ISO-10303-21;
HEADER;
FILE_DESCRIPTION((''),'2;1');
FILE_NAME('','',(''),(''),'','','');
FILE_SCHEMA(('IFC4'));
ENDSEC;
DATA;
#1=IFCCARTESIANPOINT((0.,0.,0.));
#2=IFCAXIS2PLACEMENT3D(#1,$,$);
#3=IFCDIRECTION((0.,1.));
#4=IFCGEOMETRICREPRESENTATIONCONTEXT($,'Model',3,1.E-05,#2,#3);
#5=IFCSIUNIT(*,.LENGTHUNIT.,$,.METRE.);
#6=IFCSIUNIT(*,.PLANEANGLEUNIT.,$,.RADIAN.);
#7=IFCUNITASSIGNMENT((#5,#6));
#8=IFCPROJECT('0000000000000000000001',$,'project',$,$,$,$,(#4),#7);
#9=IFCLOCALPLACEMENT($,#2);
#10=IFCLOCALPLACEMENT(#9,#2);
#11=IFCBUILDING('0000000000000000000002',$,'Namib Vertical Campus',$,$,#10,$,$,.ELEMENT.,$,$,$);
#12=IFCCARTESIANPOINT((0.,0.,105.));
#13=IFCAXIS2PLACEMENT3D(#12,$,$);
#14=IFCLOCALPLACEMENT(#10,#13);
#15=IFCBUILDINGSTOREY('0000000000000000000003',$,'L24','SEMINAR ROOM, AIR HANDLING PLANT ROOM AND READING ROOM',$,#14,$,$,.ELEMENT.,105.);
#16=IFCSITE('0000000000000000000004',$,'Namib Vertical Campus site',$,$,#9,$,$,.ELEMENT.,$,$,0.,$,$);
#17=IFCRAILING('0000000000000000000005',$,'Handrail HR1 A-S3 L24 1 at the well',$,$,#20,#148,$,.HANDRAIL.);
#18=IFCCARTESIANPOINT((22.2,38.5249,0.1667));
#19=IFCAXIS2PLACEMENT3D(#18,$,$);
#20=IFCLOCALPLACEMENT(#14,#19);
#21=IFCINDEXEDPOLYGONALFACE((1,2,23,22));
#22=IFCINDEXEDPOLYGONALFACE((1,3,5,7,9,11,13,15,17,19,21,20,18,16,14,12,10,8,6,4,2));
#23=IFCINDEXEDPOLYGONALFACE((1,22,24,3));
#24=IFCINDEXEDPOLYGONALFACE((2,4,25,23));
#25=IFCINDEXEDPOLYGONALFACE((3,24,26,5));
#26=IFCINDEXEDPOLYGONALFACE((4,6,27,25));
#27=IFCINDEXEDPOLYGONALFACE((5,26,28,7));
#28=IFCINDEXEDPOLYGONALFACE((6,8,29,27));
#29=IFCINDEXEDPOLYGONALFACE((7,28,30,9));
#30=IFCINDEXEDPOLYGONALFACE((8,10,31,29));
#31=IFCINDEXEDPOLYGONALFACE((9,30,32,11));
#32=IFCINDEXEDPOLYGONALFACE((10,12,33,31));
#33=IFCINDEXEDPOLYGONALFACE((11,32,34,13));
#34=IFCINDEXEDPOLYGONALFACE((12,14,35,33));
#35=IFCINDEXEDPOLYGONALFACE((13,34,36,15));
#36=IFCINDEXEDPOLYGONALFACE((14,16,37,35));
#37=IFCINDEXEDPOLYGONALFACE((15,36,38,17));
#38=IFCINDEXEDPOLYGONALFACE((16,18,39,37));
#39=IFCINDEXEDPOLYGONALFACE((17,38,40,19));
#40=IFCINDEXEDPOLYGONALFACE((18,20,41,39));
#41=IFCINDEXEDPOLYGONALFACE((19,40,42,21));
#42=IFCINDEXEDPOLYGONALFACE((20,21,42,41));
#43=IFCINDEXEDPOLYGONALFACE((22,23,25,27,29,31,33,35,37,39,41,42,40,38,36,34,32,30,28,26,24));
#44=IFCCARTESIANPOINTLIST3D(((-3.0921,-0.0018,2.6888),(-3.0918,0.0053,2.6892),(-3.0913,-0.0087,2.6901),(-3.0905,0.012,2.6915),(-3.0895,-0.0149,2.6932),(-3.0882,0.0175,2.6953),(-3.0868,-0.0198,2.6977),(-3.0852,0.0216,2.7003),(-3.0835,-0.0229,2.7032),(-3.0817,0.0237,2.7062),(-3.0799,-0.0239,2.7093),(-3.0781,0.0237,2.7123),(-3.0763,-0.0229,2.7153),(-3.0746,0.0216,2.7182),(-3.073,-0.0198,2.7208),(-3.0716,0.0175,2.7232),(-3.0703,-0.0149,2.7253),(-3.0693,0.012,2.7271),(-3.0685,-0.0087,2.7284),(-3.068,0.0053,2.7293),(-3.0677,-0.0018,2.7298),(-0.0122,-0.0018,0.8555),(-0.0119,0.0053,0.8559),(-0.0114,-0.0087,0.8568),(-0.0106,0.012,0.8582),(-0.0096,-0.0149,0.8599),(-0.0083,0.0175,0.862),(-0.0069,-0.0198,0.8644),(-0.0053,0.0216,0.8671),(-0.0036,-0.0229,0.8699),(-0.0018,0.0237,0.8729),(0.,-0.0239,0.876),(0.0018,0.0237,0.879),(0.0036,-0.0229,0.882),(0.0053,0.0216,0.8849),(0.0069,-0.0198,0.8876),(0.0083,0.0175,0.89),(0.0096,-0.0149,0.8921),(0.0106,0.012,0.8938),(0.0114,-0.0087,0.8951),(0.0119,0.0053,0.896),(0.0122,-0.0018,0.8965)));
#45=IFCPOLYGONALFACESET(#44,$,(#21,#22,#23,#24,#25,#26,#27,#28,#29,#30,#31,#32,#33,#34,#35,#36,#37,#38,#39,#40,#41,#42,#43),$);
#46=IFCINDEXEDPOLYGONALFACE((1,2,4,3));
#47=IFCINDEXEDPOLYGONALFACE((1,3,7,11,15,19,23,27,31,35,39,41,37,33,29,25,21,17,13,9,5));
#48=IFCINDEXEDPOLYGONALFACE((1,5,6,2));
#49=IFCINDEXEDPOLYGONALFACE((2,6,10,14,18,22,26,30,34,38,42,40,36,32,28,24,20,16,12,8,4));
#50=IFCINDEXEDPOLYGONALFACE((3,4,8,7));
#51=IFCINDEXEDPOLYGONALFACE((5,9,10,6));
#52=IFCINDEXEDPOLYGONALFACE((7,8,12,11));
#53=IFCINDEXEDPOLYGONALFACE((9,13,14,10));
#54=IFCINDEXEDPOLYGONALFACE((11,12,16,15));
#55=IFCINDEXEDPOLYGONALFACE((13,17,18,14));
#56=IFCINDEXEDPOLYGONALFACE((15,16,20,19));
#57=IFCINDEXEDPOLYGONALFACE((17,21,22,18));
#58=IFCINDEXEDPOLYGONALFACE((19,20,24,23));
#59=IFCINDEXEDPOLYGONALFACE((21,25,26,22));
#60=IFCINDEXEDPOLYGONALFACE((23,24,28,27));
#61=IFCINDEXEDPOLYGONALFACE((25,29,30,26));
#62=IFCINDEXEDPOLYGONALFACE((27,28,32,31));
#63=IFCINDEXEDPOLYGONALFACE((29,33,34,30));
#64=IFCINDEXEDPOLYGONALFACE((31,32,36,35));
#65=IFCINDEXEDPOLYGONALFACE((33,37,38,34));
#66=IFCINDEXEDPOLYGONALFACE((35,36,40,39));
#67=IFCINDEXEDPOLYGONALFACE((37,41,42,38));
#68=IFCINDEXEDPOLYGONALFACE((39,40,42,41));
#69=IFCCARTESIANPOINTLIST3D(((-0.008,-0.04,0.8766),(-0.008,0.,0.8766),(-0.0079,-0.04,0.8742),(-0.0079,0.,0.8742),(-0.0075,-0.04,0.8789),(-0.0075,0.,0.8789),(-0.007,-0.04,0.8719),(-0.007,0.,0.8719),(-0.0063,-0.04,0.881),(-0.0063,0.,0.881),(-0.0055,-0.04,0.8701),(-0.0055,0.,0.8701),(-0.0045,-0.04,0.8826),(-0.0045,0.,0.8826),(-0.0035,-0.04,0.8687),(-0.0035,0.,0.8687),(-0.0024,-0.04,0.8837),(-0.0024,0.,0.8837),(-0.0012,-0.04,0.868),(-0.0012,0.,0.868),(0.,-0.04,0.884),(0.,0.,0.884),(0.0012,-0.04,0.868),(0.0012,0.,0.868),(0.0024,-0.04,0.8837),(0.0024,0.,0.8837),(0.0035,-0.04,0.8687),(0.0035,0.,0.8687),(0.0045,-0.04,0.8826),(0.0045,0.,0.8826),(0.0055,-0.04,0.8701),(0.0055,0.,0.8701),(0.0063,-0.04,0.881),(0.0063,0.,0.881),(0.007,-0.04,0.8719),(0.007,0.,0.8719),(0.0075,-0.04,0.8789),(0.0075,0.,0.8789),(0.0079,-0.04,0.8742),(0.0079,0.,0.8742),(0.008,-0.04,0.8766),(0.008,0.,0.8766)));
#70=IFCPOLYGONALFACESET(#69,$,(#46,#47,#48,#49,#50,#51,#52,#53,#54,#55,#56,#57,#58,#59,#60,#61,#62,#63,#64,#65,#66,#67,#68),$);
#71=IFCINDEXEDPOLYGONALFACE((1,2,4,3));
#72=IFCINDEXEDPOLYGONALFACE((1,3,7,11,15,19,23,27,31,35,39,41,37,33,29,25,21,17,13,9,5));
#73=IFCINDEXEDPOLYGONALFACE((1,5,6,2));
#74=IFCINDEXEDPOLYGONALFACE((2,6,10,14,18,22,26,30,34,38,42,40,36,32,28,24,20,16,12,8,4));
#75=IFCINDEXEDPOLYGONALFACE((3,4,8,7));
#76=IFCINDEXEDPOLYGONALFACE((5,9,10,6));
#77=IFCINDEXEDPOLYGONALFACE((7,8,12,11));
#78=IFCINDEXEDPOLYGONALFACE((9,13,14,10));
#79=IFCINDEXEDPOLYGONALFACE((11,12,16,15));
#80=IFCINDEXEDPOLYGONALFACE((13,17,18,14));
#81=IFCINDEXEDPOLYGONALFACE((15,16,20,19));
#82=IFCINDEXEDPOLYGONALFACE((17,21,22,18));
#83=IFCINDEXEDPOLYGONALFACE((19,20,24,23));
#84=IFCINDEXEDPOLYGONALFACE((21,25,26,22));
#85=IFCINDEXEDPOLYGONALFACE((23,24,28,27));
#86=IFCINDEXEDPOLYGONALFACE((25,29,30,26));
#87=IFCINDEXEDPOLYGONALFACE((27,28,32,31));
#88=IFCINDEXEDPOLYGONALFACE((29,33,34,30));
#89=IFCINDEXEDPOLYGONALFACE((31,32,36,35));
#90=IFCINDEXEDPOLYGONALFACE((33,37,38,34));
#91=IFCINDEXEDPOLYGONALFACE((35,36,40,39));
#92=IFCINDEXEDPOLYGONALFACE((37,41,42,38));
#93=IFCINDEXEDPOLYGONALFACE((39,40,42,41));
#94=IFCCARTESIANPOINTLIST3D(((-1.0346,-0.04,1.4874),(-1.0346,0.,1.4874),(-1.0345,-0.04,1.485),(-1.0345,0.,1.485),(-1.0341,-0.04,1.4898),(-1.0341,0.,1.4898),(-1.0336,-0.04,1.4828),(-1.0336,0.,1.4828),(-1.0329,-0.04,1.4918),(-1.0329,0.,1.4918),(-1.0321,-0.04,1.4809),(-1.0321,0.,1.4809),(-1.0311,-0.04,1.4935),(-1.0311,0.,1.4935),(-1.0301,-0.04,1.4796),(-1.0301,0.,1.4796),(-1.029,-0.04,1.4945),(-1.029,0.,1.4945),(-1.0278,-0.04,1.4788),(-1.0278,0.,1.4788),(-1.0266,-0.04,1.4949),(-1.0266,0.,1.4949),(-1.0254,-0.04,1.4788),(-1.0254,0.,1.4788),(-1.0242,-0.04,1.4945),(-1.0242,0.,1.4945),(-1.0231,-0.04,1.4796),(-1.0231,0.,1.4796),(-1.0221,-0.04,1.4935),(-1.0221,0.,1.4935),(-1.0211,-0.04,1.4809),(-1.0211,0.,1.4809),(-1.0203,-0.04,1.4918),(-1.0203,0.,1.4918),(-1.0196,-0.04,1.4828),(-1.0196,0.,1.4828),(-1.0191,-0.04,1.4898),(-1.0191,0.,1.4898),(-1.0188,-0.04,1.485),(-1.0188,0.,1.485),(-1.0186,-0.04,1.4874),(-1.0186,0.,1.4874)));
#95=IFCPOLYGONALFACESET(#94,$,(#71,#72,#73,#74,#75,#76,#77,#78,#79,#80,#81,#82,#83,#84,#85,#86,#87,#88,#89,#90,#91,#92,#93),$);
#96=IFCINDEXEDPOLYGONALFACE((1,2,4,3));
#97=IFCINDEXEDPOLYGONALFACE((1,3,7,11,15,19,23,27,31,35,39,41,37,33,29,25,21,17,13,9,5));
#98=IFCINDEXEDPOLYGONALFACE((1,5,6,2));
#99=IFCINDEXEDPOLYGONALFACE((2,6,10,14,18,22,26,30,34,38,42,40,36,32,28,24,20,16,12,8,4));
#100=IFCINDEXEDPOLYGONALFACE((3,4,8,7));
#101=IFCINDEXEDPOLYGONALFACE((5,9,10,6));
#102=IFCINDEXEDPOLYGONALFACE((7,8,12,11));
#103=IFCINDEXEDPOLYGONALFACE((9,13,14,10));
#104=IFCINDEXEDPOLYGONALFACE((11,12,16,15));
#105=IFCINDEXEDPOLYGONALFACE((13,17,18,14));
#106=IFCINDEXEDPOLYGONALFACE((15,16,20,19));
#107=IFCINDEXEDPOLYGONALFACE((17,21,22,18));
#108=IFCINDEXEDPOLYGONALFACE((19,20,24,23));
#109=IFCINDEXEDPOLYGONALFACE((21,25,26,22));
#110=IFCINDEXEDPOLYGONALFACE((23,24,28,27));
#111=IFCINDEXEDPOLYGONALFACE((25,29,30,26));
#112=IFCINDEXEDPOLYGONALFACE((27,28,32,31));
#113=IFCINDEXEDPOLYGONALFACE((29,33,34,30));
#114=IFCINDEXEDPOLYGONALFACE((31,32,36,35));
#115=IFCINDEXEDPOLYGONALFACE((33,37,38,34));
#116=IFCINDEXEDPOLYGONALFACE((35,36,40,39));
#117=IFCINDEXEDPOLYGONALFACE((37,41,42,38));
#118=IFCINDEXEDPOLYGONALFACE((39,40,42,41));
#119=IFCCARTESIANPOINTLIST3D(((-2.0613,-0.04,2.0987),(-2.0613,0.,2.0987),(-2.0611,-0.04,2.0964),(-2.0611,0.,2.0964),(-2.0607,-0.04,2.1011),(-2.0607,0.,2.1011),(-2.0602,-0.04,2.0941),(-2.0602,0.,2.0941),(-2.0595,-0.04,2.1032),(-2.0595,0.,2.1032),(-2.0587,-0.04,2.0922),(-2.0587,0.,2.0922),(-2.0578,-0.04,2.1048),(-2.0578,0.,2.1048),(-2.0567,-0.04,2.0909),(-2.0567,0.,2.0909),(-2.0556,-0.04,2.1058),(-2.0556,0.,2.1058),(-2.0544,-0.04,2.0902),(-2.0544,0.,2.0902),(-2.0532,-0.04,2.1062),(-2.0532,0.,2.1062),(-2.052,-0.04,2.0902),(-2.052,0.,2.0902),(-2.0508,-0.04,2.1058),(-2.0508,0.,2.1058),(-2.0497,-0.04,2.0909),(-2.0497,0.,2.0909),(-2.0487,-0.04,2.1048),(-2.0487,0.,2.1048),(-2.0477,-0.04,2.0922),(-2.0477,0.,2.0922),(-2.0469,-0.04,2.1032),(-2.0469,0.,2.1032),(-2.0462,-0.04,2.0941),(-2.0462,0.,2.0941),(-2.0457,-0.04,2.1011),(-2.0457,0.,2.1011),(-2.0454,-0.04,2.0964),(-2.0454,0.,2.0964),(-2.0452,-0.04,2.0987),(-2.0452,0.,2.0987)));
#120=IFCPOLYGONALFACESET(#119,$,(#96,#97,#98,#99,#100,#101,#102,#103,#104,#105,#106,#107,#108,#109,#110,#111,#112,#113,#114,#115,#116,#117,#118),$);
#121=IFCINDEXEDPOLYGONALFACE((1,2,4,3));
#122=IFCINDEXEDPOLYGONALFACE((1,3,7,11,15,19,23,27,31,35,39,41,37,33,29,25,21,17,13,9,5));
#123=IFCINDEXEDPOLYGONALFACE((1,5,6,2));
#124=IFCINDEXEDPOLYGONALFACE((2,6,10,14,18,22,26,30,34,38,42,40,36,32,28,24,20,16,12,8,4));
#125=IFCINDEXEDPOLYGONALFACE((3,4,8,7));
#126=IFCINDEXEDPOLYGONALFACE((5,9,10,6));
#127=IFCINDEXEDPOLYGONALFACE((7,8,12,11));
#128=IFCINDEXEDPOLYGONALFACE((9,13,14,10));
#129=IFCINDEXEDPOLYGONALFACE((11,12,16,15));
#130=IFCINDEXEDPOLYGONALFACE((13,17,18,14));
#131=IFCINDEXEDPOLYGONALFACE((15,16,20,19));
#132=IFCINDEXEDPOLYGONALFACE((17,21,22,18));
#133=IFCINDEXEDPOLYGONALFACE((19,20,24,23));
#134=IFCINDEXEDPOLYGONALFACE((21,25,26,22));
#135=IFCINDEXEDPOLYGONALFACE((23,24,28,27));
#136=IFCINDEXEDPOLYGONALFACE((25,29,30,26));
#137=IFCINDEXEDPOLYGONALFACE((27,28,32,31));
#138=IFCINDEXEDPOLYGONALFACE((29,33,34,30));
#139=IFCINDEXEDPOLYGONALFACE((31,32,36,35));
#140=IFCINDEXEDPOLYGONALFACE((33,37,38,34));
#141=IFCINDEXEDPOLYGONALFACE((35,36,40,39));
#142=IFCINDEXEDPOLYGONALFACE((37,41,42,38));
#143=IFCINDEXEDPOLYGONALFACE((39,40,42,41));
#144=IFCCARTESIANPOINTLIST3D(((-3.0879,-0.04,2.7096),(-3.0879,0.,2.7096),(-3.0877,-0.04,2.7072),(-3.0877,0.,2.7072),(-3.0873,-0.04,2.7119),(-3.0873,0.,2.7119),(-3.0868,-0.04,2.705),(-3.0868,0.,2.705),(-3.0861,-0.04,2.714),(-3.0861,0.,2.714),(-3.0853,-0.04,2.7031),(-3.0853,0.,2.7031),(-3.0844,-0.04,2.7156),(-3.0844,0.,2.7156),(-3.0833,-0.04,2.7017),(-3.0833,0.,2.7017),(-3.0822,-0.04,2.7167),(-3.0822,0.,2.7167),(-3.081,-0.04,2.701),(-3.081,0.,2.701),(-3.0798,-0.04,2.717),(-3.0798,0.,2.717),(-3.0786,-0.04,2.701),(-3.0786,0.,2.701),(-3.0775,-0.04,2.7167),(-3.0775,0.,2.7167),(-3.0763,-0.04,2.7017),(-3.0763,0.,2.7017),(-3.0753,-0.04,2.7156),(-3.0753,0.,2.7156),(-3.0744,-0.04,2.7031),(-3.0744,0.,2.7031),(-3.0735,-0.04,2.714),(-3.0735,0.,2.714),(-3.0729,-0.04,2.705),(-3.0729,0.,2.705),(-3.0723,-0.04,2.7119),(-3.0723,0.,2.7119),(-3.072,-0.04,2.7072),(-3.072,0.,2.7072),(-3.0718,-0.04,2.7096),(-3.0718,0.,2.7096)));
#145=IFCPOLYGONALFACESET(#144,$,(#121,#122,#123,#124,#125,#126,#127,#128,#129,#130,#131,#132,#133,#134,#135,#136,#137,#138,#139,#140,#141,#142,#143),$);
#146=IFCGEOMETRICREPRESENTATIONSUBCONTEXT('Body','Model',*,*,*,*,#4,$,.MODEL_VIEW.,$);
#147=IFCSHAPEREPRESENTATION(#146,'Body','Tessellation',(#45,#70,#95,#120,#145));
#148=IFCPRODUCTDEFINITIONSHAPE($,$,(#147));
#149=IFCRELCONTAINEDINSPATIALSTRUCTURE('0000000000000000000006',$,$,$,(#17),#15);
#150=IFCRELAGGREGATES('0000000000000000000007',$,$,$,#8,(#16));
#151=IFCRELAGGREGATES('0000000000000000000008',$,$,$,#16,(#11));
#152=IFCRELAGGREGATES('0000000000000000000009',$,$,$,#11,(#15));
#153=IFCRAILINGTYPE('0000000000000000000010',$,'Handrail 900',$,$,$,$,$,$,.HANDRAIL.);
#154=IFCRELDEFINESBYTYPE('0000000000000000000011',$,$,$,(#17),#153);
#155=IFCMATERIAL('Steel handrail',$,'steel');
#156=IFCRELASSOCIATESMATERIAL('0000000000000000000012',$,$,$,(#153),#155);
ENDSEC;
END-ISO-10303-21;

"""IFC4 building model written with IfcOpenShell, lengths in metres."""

from ifc_helpers import new_model, si_unit, direction, frame, origin, origin_2d, place, context, subcontext, project, spatial, circle, extrude, material, type_object, element, save


model = new_model("IFC4")

# Units and contexts
model_context = context("Model", 3, precision=1e-05, world=origin(), true_north=direction((0.0, 1.0)))
body_context = subcontext(model_context, "Body", "Model", "MODEL_VIEW")
ifc_project = project(units=[si_unit("LENGTHUNIT", "METRE"), si_unit("PLANEANGLEUNIT", "RADIAN")], contexts=[model_context])

# Site, building, storey
site_placement = place(None, origin())
site = spatial("IfcSite", under=ifc_project, at=site_placement, Name="Namib Vertical Campus site", CompositionType="ELEMENT", RefElevation=0.0)
building_placement = place(site_placement, origin())
building = spatial("IfcBuilding", under=site, at=building_placement, Name="Namib Vertical Campus", CompositionType="ELEMENT")
storey_placement = place(building_placement, frame((0.0, 0.0, 105.0)))
storey = spatial("IfcBuildingStorey", under=building, at=storey_placement, Name="L24", Description="SEMINAR ROOM, AIR HANDLING PLANT ROOM AND READING ROOM", CompositionType="ELEMENT", Elevation=105.0)

# Railing
ifc_material_1 = material(Name="Steel handrail", Category="steel")
railing_type_1 = type_object("IfcRailingType", Name="Handrail 900", PredefinedType="HANDRAIL", material=ifc_material_1)
railing_1_placement = place(storey_placement, frame((22.2, 38.5249, 0.1667)))
element("IfcRailing", 1, at=railing_1_placement, inside=storey, type_object=railing_type_1, Name="Handrail HR1 A-S3 L24 1 at the well", PredefinedType="HANDRAIL", context=body_context, shape_type="SweptSolid", body=[
    extrude(circle(Radius=0.0239, at=origin_2d()), frame((0.0, 0.0, 0.876), z_axis=(-0.859291, 0.0, 0.511487), x_axis=(0.0, -1.0, 0.0)), (0.0, 0.0, 1.0), 3.5842),
    extrude(circle(Radius=0.0081, at=origin_2d()), frame((0.0, 0.0, 0.876), z_axis=(0.0, -1.0, 0.0), x_axis=(0.0, 0.0, 1.0)), (0.0, 0.0, 1.0), 0.04),
    extrude(circle(Radius=0.0081, at=origin_2d()), frame((-1.0266, 0.0, 1.4868), z_axis=(0.0, -1.0, 0.0), x_axis=(0.0, 0.0, 1.0)), (0.0, 0.0, 1.0), 0.04),
    extrude(circle(Radius=0.0081, at=origin_2d()), frame((-2.0532, 0.0, 2.0981), z_axis=(0.0, -1.0, 0.0), x_axis=(0.0, 0.0, 1.0)), (0.0, 0.0, 1.0), 0.04),
    extrude(circle(Radius=0.0081, at=origin_2d()), frame((-3.0798, 0.0, 2.709), z_axis=(0.0, -1.0, 0.0), x_axis=(0.0, 0.0, 1.0)), (0.0, 0.0, 1.0), 0.04),
])

save(model, "model.ifc")
